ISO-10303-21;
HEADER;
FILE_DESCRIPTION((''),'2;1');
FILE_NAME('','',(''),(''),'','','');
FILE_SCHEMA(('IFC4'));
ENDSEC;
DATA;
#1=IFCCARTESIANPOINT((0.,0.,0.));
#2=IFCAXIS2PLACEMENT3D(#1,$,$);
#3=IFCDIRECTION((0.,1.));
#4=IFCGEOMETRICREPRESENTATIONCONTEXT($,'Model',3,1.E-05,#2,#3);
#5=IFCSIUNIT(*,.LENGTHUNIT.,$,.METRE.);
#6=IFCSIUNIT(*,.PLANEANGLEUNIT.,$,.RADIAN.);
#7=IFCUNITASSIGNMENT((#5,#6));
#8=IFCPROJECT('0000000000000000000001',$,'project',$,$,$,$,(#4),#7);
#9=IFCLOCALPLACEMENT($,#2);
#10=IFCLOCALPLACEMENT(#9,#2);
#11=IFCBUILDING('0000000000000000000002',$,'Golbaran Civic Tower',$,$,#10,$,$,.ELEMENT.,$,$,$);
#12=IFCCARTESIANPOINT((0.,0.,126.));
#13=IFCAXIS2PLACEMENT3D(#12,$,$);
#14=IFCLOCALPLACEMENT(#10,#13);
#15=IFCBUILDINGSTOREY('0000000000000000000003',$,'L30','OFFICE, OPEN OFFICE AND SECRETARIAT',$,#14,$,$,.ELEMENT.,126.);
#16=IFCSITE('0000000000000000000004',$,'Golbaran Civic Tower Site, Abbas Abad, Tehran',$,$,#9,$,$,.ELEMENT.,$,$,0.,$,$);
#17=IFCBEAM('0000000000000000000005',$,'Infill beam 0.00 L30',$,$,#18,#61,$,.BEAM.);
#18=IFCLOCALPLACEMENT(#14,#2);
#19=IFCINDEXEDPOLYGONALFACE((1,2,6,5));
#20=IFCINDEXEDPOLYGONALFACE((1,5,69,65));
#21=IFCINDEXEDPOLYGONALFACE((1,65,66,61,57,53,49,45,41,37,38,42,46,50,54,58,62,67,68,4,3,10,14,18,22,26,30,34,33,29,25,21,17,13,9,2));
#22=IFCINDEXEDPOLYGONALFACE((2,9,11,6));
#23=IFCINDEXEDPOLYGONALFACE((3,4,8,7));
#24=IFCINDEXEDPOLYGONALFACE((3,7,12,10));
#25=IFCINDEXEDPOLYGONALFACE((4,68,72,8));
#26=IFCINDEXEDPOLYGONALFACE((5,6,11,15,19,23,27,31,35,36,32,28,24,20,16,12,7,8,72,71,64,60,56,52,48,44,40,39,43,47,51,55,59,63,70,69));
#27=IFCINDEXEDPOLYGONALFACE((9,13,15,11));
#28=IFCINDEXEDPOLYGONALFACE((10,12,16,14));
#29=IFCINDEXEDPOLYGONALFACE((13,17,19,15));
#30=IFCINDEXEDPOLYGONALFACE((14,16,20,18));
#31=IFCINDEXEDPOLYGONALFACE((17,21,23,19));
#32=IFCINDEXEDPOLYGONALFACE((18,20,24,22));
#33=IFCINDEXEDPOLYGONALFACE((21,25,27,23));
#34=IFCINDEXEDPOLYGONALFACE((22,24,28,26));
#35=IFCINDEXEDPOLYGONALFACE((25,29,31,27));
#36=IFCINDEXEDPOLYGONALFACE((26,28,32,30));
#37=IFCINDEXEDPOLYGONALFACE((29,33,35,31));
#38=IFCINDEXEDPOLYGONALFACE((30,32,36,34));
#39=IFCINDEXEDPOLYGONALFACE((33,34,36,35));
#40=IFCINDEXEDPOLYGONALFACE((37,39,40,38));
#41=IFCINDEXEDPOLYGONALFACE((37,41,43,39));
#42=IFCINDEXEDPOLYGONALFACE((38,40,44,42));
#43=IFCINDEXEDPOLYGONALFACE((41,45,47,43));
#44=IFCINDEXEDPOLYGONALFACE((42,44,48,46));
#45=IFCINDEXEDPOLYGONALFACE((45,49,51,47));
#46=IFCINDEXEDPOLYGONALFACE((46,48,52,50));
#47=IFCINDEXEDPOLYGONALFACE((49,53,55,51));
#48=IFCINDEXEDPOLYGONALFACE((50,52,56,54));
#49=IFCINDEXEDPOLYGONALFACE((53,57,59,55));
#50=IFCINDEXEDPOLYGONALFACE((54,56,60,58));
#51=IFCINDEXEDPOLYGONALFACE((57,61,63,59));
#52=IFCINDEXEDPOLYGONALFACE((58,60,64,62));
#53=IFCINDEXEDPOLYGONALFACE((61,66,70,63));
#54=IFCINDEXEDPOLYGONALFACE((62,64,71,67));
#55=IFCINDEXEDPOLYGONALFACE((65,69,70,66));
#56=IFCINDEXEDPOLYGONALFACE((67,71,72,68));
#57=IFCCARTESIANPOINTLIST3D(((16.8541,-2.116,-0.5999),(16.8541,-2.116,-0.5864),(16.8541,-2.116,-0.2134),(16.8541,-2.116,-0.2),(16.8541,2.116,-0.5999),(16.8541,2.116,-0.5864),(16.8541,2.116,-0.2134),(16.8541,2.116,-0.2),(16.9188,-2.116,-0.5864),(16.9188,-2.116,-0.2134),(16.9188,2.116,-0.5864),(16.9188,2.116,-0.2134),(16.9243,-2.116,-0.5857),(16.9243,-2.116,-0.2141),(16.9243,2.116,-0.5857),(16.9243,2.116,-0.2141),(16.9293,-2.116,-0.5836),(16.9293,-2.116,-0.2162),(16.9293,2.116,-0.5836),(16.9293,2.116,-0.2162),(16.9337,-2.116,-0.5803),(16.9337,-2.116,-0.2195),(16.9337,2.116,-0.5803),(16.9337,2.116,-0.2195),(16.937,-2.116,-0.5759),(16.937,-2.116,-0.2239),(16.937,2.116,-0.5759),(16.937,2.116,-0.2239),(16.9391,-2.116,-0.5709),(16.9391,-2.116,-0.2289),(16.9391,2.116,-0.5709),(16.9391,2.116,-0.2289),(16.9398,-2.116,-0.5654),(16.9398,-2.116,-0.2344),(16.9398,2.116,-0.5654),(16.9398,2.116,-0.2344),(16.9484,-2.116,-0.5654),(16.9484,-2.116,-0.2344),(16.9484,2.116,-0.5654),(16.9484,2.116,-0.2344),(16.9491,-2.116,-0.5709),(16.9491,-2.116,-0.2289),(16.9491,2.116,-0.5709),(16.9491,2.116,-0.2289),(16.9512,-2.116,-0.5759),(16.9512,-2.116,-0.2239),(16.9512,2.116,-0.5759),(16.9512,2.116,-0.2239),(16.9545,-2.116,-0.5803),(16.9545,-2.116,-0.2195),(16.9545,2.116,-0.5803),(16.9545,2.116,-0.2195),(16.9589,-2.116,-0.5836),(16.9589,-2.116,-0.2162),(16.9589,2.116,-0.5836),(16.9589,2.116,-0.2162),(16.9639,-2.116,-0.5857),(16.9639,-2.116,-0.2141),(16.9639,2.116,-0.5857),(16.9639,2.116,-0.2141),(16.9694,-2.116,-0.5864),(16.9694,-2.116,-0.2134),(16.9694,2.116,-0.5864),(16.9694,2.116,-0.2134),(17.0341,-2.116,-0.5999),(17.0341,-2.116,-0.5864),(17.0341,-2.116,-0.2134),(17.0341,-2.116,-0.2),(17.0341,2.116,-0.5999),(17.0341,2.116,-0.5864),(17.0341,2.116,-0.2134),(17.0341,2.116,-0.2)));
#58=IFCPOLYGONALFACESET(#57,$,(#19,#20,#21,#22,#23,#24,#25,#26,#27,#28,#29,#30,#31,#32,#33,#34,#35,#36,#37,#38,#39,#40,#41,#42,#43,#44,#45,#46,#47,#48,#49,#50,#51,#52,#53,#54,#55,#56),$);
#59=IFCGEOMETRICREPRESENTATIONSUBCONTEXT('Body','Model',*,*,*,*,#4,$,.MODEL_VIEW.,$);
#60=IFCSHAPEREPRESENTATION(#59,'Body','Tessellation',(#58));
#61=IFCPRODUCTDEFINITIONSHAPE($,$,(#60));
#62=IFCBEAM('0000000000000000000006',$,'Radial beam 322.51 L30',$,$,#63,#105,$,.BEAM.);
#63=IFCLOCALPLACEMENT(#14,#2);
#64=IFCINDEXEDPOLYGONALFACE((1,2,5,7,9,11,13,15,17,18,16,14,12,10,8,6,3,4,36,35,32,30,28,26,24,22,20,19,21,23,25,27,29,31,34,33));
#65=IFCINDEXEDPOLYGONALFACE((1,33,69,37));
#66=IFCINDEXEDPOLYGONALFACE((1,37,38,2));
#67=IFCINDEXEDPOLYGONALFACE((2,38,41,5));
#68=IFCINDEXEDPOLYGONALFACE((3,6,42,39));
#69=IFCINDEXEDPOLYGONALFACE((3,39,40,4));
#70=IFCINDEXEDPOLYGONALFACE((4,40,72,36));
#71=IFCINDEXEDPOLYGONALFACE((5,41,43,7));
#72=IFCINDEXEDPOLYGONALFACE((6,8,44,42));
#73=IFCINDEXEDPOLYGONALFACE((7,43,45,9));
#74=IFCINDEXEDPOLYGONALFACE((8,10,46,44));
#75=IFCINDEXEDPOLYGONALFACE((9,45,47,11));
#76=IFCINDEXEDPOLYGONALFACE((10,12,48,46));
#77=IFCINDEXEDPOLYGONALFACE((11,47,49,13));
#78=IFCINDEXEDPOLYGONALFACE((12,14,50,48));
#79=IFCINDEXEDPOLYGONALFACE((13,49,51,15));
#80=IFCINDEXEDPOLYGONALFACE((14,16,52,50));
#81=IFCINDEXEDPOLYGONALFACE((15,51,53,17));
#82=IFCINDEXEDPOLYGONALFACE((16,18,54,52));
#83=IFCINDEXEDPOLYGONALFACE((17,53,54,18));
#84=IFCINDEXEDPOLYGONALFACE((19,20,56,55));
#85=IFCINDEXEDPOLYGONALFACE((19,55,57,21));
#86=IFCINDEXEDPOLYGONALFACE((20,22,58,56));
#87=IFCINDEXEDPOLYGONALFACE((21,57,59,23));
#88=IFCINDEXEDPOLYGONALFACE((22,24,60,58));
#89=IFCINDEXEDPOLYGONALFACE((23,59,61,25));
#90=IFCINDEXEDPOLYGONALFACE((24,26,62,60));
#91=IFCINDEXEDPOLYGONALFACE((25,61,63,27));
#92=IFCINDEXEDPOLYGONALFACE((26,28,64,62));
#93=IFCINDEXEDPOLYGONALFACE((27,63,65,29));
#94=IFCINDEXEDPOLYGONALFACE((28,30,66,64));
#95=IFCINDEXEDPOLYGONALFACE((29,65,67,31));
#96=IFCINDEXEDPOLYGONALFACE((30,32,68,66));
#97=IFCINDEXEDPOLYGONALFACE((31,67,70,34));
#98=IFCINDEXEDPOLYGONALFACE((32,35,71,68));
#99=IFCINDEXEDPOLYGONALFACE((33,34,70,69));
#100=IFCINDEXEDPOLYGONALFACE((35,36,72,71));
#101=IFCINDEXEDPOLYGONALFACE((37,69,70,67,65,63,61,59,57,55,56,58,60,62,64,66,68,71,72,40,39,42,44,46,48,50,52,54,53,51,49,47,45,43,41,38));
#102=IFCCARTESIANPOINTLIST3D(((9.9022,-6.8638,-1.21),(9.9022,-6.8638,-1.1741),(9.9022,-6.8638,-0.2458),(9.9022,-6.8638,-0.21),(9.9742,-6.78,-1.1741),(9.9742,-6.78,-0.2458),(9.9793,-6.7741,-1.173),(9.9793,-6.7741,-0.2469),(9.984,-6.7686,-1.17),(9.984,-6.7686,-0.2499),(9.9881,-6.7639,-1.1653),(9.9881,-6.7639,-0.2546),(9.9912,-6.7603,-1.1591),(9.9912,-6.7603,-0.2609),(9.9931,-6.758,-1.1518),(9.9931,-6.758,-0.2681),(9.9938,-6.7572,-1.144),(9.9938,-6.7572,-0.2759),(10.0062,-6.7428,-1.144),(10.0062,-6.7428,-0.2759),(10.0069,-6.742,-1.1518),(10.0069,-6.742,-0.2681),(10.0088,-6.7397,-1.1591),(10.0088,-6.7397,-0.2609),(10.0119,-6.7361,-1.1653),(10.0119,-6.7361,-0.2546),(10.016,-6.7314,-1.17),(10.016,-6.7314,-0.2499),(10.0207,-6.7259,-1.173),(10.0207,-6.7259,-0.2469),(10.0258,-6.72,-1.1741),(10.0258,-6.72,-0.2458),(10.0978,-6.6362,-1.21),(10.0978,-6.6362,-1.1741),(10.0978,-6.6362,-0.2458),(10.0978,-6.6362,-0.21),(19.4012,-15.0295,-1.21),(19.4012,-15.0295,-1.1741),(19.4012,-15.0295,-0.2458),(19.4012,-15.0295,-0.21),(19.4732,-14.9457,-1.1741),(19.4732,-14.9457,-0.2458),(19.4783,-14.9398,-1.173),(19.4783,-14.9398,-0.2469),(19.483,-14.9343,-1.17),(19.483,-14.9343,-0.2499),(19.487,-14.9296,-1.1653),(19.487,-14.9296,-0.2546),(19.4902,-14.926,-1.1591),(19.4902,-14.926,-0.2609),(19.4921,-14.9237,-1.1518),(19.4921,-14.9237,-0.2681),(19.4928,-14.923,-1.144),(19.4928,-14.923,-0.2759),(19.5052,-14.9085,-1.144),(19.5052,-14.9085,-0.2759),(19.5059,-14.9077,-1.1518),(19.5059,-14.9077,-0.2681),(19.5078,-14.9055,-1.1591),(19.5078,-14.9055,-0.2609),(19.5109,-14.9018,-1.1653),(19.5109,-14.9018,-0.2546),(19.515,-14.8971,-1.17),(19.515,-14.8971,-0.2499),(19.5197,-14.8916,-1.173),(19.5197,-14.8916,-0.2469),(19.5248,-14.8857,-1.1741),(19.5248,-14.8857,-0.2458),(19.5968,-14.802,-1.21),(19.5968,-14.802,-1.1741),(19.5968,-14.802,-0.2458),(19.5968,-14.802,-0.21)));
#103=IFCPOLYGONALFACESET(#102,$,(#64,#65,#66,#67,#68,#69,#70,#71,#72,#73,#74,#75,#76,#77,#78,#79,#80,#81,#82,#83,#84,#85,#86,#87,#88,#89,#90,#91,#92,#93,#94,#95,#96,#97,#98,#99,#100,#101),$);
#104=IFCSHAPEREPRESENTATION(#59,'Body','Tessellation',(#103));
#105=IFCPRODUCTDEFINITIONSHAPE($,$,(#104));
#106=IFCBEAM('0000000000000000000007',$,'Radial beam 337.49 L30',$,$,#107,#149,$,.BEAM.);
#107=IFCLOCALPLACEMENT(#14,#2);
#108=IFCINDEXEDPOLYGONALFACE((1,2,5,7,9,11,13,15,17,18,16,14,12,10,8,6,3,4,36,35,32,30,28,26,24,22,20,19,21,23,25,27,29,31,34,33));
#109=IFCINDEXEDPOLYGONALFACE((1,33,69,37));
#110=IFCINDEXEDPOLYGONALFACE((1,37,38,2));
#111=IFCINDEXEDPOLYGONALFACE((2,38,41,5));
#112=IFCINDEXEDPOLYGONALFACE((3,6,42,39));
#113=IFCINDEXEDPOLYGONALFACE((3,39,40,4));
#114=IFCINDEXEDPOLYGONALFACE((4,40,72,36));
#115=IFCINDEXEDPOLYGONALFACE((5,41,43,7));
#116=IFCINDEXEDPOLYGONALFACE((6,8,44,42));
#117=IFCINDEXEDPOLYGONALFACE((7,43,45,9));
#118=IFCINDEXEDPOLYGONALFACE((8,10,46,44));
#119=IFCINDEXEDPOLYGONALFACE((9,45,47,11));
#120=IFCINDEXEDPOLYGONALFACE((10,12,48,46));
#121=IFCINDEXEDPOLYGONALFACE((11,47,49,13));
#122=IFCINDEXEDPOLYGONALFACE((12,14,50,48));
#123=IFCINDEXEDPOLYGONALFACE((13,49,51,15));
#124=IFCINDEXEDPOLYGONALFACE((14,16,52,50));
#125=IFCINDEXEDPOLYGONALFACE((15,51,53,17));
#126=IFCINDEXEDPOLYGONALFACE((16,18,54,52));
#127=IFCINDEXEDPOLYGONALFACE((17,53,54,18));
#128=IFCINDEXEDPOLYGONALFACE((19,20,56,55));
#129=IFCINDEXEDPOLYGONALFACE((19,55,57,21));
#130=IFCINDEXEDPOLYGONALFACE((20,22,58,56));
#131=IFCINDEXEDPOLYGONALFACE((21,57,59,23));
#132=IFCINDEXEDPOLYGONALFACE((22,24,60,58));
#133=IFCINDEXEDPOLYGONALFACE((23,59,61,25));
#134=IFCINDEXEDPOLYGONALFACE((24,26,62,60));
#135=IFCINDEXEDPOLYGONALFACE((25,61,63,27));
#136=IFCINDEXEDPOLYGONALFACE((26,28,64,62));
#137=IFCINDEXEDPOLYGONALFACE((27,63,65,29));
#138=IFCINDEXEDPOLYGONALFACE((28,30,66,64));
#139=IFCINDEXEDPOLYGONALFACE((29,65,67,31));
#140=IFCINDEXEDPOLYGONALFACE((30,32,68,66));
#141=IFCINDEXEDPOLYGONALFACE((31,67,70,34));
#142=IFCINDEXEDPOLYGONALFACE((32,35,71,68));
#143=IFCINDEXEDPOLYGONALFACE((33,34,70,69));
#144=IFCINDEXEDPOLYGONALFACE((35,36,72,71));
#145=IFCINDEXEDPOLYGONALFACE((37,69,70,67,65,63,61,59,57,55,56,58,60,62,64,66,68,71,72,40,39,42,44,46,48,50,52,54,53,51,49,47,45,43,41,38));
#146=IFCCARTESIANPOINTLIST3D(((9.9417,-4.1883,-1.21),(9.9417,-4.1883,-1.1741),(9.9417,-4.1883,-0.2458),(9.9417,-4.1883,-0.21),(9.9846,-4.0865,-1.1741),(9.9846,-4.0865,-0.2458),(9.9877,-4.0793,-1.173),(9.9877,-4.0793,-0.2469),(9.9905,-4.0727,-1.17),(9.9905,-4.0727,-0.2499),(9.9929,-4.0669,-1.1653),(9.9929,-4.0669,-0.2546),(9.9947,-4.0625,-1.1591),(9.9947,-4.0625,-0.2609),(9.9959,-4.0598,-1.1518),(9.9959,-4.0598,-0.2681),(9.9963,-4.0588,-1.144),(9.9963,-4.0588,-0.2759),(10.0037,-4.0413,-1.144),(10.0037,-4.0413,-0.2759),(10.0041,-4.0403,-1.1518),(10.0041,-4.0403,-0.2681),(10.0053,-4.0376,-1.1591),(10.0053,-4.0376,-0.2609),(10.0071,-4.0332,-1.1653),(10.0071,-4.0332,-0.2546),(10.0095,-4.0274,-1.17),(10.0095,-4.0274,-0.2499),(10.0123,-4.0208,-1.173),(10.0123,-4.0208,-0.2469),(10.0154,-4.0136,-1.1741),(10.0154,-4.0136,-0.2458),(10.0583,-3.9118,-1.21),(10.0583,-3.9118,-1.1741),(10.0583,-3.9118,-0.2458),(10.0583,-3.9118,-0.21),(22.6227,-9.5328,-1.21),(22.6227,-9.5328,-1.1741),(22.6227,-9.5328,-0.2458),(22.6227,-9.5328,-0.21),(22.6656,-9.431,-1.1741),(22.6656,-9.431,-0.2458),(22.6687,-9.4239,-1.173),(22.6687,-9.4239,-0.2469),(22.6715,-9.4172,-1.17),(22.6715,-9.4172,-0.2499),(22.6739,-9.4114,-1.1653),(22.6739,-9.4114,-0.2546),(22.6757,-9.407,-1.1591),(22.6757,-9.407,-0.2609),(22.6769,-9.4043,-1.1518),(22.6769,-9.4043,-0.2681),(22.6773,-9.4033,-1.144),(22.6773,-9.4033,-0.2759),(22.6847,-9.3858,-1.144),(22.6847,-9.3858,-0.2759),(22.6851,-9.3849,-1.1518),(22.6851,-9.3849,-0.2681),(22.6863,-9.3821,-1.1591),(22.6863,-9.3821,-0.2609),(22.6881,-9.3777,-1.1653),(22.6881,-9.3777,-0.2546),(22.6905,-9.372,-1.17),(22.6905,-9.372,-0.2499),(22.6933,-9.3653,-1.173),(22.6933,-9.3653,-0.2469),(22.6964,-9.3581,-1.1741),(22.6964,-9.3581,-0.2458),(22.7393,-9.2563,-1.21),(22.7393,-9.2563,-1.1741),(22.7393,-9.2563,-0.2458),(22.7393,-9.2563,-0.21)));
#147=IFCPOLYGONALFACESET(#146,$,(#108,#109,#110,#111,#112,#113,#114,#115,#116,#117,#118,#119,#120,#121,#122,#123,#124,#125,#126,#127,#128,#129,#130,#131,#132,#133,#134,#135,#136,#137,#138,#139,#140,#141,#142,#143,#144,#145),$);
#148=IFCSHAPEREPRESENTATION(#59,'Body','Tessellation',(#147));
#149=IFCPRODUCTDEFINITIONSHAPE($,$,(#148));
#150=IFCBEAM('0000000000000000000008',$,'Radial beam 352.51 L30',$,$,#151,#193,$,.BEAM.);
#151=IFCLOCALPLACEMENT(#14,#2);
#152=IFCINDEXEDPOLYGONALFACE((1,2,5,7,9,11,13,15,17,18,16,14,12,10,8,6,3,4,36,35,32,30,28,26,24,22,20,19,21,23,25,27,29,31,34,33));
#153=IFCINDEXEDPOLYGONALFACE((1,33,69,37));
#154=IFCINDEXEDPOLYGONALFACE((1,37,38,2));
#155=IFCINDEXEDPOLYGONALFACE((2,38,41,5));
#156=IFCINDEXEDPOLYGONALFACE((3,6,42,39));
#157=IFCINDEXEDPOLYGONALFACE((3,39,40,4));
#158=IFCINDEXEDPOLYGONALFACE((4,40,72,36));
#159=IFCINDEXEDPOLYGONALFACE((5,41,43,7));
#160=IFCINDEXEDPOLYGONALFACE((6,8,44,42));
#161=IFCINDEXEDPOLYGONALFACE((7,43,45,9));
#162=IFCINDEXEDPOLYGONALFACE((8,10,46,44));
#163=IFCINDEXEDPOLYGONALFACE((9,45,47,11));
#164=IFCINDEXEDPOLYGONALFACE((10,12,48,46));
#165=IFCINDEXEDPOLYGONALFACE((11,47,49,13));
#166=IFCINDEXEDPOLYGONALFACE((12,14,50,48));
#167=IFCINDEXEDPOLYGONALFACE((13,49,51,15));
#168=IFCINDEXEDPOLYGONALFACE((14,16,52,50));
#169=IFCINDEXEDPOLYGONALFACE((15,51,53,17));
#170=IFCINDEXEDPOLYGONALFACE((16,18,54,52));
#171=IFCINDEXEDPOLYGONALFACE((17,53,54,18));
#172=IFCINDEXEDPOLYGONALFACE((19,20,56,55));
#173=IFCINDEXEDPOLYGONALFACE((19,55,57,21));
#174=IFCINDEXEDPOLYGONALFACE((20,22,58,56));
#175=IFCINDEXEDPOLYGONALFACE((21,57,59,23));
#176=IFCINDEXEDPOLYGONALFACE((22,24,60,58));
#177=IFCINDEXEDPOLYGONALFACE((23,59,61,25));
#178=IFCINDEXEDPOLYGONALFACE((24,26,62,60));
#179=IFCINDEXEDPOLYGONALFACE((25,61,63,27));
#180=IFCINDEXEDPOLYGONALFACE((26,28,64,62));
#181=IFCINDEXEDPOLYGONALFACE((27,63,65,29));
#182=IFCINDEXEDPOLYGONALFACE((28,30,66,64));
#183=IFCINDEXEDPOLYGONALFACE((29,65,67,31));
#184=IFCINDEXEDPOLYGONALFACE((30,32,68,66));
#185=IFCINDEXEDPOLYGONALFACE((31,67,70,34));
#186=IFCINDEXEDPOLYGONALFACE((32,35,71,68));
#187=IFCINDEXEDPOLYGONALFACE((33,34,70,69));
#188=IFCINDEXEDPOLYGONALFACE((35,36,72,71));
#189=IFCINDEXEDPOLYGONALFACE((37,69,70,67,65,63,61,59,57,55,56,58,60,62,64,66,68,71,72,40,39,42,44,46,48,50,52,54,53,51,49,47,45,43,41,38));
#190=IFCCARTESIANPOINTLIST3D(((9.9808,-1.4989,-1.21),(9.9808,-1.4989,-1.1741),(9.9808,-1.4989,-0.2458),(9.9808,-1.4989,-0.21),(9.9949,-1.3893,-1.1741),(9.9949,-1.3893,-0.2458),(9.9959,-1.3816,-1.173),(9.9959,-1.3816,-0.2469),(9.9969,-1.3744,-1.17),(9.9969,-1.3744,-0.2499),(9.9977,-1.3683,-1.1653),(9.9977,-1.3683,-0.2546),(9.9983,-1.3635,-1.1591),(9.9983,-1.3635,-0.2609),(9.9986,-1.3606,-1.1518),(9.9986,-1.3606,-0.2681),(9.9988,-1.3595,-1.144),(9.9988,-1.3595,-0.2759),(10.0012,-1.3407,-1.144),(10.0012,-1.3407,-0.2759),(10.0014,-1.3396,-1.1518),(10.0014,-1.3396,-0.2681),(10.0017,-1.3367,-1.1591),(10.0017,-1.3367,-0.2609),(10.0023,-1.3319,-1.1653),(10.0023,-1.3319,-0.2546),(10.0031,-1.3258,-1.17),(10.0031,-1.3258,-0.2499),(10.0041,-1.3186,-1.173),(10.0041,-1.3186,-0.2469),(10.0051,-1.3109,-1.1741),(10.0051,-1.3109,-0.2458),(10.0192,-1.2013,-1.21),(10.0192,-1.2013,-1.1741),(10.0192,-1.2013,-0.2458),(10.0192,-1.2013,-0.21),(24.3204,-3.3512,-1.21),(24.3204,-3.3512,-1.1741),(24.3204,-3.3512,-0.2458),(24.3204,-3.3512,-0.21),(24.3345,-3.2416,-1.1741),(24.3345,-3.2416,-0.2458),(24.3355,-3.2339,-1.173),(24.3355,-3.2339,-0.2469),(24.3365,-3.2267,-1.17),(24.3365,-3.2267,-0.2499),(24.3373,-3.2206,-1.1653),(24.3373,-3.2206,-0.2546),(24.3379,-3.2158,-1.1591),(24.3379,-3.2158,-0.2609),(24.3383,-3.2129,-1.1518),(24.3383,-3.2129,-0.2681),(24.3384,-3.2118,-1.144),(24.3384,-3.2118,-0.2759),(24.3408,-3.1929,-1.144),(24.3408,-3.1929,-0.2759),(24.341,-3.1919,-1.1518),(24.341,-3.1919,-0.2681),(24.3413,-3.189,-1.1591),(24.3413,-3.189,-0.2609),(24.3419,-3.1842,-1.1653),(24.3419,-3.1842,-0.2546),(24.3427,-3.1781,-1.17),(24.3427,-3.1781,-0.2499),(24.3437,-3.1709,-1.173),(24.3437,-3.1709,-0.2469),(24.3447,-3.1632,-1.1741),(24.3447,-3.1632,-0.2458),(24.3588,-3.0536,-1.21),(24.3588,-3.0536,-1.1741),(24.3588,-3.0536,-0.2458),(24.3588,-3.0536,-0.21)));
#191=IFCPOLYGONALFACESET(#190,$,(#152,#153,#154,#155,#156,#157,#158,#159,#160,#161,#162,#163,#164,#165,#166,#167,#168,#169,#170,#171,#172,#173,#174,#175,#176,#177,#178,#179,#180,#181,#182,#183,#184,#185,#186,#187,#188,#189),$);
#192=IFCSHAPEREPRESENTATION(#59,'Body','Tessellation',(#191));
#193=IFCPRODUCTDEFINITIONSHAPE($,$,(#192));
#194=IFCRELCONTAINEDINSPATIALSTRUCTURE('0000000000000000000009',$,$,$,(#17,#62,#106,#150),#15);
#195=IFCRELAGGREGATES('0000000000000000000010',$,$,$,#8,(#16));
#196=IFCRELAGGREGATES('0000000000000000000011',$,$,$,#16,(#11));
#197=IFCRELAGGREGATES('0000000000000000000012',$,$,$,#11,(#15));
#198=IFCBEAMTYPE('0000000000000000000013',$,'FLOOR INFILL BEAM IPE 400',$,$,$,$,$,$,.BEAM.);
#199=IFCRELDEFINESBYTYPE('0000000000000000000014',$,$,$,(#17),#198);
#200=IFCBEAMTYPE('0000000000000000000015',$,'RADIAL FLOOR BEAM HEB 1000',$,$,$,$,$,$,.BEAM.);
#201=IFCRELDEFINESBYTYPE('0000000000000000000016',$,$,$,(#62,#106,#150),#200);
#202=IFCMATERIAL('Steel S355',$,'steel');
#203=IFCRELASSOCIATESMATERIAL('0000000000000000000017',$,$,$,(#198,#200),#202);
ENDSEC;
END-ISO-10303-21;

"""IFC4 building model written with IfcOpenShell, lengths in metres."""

from ifc_helpers import new_model, si_unit, direction, frame, origin, origin_2d, place, context, subcontext, project, spatial, i_section, extrude, material, material_profile, profile_set, type_object, element, save


model = new_model("IFC4")

# Units and contexts
model_context = context("Model", 3, precision=1e-05, world=origin(), true_north=direction((0.0, 1.0)))
body_context = subcontext(model_context, "Body", "Model", "MODEL_VIEW")
ifc_project = project(units=[si_unit("LENGTHUNIT", "METRE"), si_unit("PLANEANGLEUNIT", "RADIAN")], contexts=[model_context])

# Site, building, storey
site_placement = place(None, origin())
site = spatial("IfcSite", under=ifc_project, at=site_placement, Name="Golbaran Civic Tower Site, Abbas Abad, Tehran", CompositionType="ELEMENT", RefElevation=0.0)
building_placement = place(site_placement, origin())
building = spatial("IfcBuilding", under=site, at=building_placement, Name="Golbaran Civic Tower", CompositionType="ELEMENT")
storey_placement = place(building_placement, frame((0.0, 0.0, 126.0)))
storey = spatial("IfcBuildingStorey", under=building, at=storey_placement, Name="L30", Description="OFFICE, OPEN OFFICE AND SECRETARIAT", CompositionType="ELEMENT", Elevation=126.0)

# Beams
ifc_material_1 = material(Name="Steel S355", Category="steel")
ifc_material_profile_1 = material_profile(ifc_material_1, i_section(OverallWidth=0.1799, OverallDepth=0.3999, WebThickness=0.0085, FlangeThickness=0.0134, FilletRadius=0.021, at=origin_2d()), Name="IPE 400")
ifc_profile_set_1 = profile_set([ifc_material_profile_1], Name="Steel S355")
beam_type_1 = type_object("IfcBeamType", Name="FLOOR INFILL BEAM IPE 400", PredefinedType="BEAM", material=ifc_profile_set_1)
beam_1_placement = place(storey_placement, frame((16.9441, -2.116, -0.3999), z_axis=(0.0, 1.0, 0.0), x_axis=(-1.0, 0.0, 0.0)))
element("IfcBeam", 1, at=beam_1_placement, inside=storey, type_object=beam_type_1, Name="Infill beam 0.00 L30", PredefinedType="BEAM", context=body_context, shape_type="SweptSolid", body=[
    extrude(i_section(OverallWidth=0.1799, OverallDepth=0.3999, WebThickness=0.0085, FlangeThickness=0.0134, FilletRadius=0.021, at=origin_2d()), origin(), (0.0, 0.0, 1.0), 4.2319),
])
ifc_material_profile_2 = material_profile(ifc_material_1, i_section(OverallWidth=0.3, OverallDepth=1.0, WebThickness=0.019, FlangeThickness=0.0359, FilletRadius=0.03, at=origin_2d()), Name="HEB 1000")
ifc_profile_set_2 = profile_set([ifc_material_profile_2], Name="Steel S355")
beam_type_2 = type_object("IfcBeamType", Name="RADIAL FLOOR BEAM HEB 1000", PredefinedType="BEAM", material=ifc_profile_set_2)
beam_2_placement = place(storey_placement, frame((10.0, -6.75, -0.71), z_axis=(0.758319, -0.651884, 0.0), x_axis=(0.651884, 0.758319, 0.0)))
element("IfcBeam", 2, at=beam_2_placement, inside=storey, type_object=beam_type_2, Name="Radial beam 322.51 L30", PredefinedType="BEAM", context=body_context, shape_type="SweptSolid", body=[
    extrude(i_section(OverallWidth=0.3, OverallDepth=1.0, WebThickness=0.019, FlangeThickness=0.0359, FilletRadius=0.03, at=origin_2d()), origin(), (0.0, 0.0, 1.0), 12.5264),
])
beam_3_placement = place(storey_placement, frame((10.0, -4.05, -0.71), z_axis=(0.921501, -0.388375, 0.0), x_axis=(0.388375, 0.921501, 0.0)))
element("IfcBeam", 3, at=beam_3_placement, inside=storey, type_object=beam_type_2, Name="Radial beam 337.49 L30", PredefinedType="BEAM", context=body_context, shape_type="SweptSolid", body=[
    extrude(i_section(OverallWidth=0.3, OverallDepth=1.0, WebThickness=0.019, FlangeThickness=0.0359, FilletRadius=0.03, at=origin_2d()), origin(), (0.0, 0.0, 1.0), 13.7612),
])
beam_4_placement = place(storey_placement, frame((10.0, -1.3501, -0.71), z_axis=(0.99176, -0.128109, 0.0), x_axis=(0.128109, 0.99176, 0.0)))
element("IfcBeam", 4, at=beam_4_placement, inside=storey, type_object=beam_type_2, Name="Radial beam 352.51 L30", PredefinedType="BEAM", context=body_context, shape_type="SweptSolid", body=[
    extrude(i_section(OverallWidth=0.3, OverallDepth=1.0, WebThickness=0.019, FlangeThickness=0.0359, FilletRadius=0.03, at=origin_2d()), origin(), (0.0, 0.0, 1.0), 14.4587),
])

save(model, "model.ifc")
